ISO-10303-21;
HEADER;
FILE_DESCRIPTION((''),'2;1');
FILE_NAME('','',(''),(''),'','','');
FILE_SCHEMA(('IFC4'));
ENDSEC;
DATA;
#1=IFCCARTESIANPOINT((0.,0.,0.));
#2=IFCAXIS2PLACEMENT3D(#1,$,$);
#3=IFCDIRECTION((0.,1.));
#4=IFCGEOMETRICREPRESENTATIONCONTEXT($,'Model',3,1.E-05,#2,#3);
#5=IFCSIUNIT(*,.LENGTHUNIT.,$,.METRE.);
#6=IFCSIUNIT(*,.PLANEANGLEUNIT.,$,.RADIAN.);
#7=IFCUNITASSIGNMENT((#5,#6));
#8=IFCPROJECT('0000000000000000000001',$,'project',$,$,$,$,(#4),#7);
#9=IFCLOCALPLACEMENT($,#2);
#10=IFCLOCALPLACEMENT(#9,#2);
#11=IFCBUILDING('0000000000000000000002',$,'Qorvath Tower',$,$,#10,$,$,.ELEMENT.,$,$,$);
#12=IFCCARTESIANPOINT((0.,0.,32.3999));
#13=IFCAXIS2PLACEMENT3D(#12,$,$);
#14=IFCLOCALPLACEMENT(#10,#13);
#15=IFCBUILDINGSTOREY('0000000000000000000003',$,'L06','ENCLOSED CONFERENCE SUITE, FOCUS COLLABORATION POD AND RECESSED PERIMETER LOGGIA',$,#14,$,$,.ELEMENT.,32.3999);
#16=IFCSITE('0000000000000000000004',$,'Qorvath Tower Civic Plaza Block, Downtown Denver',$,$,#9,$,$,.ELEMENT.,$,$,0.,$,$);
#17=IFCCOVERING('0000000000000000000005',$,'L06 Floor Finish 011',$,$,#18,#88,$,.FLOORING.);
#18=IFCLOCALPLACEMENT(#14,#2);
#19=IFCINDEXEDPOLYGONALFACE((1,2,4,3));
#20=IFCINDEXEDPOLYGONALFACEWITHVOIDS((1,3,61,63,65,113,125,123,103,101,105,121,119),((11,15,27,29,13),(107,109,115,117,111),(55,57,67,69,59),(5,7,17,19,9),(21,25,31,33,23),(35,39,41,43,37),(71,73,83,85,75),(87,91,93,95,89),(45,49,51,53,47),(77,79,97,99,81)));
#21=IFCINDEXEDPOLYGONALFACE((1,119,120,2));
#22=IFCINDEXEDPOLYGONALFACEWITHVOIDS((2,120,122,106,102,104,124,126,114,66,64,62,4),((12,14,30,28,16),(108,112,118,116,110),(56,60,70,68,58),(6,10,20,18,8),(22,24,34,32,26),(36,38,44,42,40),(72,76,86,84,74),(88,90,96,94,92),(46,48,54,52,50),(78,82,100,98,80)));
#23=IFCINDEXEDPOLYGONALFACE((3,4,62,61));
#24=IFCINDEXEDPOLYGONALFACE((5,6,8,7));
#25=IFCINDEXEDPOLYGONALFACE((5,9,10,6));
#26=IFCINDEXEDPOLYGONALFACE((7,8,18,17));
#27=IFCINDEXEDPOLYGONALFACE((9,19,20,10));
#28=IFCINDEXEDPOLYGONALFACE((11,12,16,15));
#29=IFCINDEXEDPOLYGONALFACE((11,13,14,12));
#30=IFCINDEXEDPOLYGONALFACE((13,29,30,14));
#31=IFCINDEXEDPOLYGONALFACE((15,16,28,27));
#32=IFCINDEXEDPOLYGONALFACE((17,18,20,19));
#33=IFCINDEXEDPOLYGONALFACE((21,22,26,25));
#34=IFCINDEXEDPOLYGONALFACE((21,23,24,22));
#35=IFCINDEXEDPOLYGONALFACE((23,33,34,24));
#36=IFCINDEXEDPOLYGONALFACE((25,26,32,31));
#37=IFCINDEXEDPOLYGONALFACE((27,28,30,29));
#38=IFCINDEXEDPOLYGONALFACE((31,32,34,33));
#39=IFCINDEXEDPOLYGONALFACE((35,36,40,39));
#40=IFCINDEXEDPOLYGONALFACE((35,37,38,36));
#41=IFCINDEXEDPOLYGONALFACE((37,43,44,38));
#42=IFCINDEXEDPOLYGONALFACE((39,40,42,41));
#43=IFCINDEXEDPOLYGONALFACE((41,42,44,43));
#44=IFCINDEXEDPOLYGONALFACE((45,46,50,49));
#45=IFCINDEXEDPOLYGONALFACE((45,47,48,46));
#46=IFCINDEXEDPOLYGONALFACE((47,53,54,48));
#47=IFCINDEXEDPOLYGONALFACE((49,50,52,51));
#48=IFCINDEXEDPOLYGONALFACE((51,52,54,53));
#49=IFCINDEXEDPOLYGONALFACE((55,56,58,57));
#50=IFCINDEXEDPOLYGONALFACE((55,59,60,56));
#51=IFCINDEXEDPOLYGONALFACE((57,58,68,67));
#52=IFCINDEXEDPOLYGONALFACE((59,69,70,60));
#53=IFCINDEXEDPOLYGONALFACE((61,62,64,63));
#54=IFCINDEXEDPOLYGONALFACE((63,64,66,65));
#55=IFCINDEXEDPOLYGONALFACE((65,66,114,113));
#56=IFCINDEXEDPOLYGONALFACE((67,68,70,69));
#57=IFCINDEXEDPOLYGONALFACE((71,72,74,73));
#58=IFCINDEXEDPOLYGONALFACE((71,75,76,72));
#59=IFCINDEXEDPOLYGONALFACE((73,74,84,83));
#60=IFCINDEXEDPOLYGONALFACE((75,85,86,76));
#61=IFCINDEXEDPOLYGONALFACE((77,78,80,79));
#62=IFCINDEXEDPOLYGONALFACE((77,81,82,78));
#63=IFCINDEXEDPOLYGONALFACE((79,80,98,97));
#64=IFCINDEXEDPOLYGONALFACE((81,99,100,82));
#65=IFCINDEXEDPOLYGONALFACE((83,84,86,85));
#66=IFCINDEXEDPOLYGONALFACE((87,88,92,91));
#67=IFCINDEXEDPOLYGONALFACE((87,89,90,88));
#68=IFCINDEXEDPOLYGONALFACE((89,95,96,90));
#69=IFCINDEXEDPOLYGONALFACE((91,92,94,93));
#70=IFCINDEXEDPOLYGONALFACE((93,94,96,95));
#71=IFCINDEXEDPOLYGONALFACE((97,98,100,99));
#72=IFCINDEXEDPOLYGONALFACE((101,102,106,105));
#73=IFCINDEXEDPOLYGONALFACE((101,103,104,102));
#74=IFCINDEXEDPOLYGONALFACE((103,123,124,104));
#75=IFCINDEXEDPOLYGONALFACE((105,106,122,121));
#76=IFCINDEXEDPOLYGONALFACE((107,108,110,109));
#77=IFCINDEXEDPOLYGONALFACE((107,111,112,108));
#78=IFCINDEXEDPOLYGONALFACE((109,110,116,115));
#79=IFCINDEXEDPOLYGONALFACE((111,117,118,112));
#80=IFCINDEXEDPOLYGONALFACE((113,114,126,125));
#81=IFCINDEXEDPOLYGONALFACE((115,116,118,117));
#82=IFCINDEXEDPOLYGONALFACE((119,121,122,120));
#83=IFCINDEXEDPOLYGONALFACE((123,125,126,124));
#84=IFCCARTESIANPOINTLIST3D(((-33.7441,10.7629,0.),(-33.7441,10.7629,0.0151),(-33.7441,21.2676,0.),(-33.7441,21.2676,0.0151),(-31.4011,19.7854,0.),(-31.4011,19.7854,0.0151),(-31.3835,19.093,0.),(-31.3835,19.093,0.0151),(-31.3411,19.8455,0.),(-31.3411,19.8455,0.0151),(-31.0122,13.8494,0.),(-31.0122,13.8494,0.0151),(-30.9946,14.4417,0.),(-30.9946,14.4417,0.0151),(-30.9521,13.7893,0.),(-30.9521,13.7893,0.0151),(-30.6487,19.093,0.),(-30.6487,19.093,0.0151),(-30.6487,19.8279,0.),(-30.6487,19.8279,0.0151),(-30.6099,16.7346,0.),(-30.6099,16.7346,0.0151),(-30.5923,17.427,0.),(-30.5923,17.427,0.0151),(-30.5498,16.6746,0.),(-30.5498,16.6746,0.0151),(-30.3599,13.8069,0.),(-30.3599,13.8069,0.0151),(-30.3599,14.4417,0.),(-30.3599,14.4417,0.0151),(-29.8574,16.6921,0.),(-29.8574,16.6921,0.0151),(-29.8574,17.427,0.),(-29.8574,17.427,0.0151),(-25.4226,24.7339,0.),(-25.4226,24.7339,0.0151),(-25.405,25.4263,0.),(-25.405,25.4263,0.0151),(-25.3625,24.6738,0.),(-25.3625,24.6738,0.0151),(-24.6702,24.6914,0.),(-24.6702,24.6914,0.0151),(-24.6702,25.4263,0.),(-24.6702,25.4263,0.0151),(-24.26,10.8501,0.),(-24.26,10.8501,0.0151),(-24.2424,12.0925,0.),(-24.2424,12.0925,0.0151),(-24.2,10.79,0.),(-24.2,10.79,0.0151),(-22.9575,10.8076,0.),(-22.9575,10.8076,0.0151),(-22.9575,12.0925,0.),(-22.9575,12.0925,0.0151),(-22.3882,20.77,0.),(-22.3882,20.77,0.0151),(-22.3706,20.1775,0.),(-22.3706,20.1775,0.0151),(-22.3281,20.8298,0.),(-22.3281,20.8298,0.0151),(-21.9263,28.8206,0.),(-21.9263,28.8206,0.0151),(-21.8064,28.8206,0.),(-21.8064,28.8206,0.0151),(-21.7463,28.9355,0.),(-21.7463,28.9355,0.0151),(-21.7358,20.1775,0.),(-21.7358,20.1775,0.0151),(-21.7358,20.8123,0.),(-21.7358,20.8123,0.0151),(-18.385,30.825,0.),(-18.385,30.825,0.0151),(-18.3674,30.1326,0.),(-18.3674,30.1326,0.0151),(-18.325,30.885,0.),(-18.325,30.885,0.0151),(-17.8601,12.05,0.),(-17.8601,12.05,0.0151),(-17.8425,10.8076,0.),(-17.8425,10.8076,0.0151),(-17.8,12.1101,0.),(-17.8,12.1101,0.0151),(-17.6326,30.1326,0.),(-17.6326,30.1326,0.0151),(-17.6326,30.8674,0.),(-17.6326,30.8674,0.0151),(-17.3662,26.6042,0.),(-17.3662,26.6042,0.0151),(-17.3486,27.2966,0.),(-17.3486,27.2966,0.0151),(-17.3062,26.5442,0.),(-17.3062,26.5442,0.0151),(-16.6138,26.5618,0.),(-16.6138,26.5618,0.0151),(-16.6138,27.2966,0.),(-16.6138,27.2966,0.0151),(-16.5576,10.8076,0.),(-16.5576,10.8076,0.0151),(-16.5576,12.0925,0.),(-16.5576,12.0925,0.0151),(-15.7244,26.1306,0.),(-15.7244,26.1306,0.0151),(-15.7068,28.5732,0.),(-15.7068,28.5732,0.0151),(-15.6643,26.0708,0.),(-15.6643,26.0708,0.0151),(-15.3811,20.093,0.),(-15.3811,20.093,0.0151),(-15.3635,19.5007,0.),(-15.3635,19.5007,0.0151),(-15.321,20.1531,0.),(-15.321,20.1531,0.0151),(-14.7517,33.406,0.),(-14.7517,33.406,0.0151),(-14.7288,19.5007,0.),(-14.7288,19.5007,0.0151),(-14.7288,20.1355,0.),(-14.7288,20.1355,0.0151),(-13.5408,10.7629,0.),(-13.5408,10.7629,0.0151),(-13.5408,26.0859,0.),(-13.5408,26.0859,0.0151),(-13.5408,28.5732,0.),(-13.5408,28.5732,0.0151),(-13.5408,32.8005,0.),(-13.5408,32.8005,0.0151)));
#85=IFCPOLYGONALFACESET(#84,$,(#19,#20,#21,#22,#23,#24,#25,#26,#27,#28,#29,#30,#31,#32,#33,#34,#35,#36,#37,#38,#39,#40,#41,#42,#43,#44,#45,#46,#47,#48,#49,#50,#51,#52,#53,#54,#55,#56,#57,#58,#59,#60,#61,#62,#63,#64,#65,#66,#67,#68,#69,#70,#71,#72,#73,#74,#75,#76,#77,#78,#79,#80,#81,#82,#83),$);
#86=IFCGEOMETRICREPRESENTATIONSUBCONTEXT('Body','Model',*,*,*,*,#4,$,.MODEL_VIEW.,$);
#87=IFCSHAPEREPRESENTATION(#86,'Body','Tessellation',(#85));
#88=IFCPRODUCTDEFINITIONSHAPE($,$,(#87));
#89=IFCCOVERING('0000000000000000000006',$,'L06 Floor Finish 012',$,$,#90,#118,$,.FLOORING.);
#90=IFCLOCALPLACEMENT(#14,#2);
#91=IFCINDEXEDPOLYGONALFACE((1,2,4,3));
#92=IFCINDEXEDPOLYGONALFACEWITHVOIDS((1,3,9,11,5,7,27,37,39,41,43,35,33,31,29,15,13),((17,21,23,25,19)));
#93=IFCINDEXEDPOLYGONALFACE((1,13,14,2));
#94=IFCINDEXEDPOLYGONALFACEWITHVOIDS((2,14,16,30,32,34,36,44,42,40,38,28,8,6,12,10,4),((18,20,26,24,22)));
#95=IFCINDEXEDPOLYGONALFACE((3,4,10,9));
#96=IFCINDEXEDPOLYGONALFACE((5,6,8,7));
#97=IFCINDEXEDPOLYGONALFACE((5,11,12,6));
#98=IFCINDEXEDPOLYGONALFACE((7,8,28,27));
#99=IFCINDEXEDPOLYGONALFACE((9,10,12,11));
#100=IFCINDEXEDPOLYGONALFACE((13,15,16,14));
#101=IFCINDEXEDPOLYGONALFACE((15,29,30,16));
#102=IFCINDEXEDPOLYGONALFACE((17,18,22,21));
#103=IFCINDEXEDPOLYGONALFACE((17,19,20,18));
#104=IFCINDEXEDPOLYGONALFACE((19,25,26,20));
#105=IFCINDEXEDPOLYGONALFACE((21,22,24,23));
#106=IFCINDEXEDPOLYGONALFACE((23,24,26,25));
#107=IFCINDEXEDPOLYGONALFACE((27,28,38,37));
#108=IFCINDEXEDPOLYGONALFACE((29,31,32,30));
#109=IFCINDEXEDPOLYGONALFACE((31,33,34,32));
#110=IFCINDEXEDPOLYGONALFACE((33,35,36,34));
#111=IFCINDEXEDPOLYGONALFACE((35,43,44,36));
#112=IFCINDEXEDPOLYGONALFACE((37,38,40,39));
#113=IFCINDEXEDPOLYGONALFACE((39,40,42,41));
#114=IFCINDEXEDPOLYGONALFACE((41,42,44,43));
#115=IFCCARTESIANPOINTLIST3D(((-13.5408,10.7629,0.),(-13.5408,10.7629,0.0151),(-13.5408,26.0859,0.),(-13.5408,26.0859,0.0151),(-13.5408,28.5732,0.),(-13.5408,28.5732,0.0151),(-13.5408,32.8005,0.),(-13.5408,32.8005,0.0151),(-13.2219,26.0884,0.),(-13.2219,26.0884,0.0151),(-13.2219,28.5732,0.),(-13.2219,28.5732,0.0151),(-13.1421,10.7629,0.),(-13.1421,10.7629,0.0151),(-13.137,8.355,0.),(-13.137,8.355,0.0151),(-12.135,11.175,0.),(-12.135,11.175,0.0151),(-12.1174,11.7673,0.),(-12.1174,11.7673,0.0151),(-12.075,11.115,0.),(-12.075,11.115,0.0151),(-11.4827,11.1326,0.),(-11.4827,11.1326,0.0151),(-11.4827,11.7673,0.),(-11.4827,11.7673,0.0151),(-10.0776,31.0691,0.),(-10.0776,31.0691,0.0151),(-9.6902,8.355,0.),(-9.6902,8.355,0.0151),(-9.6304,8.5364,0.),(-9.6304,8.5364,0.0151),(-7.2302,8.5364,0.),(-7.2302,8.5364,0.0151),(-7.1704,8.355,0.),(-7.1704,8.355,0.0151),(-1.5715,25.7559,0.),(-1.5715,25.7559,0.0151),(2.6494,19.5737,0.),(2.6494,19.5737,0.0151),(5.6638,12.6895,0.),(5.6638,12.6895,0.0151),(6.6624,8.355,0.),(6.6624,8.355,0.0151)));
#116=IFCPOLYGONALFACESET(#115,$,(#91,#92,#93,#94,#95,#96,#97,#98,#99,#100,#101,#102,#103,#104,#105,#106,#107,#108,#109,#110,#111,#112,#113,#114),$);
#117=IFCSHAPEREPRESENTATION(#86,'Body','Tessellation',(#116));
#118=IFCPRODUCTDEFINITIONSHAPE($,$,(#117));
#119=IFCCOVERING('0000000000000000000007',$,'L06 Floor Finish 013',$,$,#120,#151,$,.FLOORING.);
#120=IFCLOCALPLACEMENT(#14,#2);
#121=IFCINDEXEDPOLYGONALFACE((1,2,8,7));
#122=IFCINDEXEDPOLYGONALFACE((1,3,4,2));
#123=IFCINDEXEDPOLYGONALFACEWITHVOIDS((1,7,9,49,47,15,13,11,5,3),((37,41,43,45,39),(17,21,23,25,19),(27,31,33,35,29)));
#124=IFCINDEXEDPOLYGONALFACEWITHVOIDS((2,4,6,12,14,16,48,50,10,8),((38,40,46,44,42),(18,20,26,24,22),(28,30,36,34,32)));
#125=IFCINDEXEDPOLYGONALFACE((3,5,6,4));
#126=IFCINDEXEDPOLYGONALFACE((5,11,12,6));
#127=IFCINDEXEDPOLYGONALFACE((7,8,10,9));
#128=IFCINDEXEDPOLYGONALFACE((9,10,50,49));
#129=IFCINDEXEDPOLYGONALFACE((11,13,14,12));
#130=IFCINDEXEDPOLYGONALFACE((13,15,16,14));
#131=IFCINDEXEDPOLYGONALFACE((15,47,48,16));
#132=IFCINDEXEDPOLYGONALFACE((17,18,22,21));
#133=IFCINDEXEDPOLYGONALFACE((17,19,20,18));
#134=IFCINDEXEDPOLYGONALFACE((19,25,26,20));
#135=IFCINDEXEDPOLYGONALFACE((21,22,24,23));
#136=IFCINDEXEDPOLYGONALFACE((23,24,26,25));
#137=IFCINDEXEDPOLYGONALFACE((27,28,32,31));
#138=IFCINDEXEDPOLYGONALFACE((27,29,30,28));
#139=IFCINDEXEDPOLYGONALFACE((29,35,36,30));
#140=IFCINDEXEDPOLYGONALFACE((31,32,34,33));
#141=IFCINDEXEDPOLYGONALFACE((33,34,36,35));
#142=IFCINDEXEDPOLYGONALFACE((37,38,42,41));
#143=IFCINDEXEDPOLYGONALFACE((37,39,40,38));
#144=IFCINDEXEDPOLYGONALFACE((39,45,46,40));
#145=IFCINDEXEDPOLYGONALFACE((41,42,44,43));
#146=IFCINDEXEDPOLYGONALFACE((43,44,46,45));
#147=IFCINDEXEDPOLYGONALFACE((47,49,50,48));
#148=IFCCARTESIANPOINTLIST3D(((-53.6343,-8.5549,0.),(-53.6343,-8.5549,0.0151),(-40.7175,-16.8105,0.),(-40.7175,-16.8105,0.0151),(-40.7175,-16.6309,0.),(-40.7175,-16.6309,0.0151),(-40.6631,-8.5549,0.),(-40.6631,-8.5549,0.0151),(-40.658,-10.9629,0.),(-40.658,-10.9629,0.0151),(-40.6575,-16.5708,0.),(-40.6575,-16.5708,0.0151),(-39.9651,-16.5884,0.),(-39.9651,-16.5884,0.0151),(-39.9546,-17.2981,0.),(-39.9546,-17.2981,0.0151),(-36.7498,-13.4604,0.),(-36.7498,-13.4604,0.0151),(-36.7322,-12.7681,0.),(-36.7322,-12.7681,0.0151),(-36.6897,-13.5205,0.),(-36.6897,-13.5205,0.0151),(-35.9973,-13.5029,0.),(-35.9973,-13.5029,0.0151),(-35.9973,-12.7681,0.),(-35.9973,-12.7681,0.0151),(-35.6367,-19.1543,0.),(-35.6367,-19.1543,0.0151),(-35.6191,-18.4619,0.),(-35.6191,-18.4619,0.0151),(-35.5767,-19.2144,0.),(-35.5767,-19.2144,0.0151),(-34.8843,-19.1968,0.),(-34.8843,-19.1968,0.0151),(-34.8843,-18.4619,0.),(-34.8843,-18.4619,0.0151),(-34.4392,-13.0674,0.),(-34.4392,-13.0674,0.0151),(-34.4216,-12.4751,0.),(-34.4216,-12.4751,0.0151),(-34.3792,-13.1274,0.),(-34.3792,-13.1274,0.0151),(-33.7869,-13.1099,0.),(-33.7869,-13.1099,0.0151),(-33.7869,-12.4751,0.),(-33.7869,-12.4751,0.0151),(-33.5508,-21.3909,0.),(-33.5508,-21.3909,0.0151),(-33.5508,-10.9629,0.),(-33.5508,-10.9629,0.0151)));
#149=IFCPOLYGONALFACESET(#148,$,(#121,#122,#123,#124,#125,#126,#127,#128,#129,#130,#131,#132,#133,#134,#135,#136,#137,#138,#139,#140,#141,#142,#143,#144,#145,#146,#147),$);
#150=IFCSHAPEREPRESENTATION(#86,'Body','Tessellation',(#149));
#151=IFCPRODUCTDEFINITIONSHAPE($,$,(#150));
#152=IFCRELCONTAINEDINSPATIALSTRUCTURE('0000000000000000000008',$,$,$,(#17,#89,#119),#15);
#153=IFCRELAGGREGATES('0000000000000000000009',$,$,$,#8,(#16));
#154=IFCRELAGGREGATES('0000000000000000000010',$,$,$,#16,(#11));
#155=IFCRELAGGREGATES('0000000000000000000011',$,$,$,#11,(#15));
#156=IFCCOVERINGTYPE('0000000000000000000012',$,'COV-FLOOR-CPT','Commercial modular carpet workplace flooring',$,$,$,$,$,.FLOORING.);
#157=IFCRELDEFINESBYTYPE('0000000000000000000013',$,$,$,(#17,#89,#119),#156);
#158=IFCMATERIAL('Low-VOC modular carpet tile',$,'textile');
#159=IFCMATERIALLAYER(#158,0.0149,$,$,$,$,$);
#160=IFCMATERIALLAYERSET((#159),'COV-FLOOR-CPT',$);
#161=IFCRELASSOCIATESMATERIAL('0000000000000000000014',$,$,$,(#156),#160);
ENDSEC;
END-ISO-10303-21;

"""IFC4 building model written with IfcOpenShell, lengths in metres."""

from ifc_helpers import new_model, si_unit, direction, frame, origin, place, context, subcontext, project, spatial, polyline, outline, extrude, material, layer, layer_set, type_object, element, save


model = new_model("IFC4")

# Units and contexts
model_context = context("Model", 3, precision=1e-05, world=origin(), true_north=direction((0.0, 1.0)))
body_context = subcontext(model_context, "Body", "Model", "MODEL_VIEW")
ifc_project = project(units=[si_unit("LENGTHUNIT", "METRE"), si_unit("PLANEANGLEUNIT", "RADIAN")], contexts=[model_context])

# Site, building, storey
site_placement = place(None, origin())
site = spatial("IfcSite", under=ifc_project, at=site_placement, Name="Qorvath Tower Civic Plaza Block, Downtown Denver", CompositionType="ELEMENT", RefElevation=0.0)
building_placement = place(site_placement, origin())
building = spatial("IfcBuilding", under=site, at=building_placement, Name="Qorvath Tower", CompositionType="ELEMENT")
storey_placement = place(building_placement, frame((0.0, 0.0, 32.3999)))
storey = spatial("IfcBuildingStorey", under=building, at=storey_placement, Name="L06", Description="ENCLOSED CONFERENCE SUITE, FOCUS COLLABORATION POD AND RECESSED PERIMETER LOGGIA", CompositionType="ELEMENT", Elevation=32.3999)

# Coverings
ifc_material_1 = material(Name="Low-VOC modular carpet tile", Category="textile")
ifc_layer_1 = layer(ifc_material_1, 0.0149)
ifc_layer_set_1 = layer_set([ifc_layer_1], Name="COV-FLOOR-CPT")
covering_type_1 = type_object("IfcCoveringType", Name="COV-FLOOR-CPT", Description="Commercial modular carpet workplace flooring", PredefinedType="FLOORING", material=ifc_layer_set_1)
covering_1_placement = place(storey_placement, origin())
element("IfcCovering", 1, at=covering_1_placement, inside=storey, type_object=covering_type_1, Name="L06 Floor Finish 011", PredefinedType="FLOORING", context=body_context, shape_type="SweptSolid", body=[
    extrude(outline(polyline([(-21.8064, 28.8206), (-21.9263, 28.8206), (-33.7441, 21.2676), (-33.7441, 10.7629), (-13.5408, 10.7629), (-13.5408, 26.0859), (-15.6643, 26.0708), (-15.7244, 26.1306), (-15.7068, 28.5732), (-13.5408, 28.5732), (-13.5408, 32.8005), (-14.7517, 33.406), (-21.7463, 28.9355), (-21.8064, 28.8206)]), holes=[polyline([(-15.3811, 20.093), (-15.321, 20.1531), (-14.7288, 20.1355), (-14.7288, 19.5007), (-15.3635, 19.5007), (-15.3811, 20.093)]), polyline([(-17.8601, 12.05), (-17.8, 12.1101), (-16.5576, 12.0925), (-16.5576, 10.8076), (-17.8425, 10.8076), (-17.8601, 12.05)]), polyline([(-17.3662, 26.6042), (-17.3486, 27.2966), (-16.6138, 27.2966), (-16.6138, 26.5618), (-17.3062, 26.5442), (-17.3662, 26.6042)]), polyline([(-18.385, 30.825), (-18.325, 30.885), (-17.6326, 30.8674), (-17.6326, 30.1326), (-18.3674, 30.1326), (-18.385, 30.825)]), polyline([(-22.3882, 20.77), (-22.3281, 20.8298), (-21.7358, 20.8123), (-21.7358, 20.1775), (-22.3706, 20.1775), (-22.3882, 20.77)]), polyline([(-24.26, 10.8501), (-24.2424, 12.0925), (-22.9575, 12.0925), (-22.9575, 10.8076), (-24.2, 10.79), (-24.26, 10.8501)]), polyline([(-25.4226, 24.7339), (-25.405, 25.4263), (-24.6702, 25.4263), (-24.6702, 24.6914), (-25.3625, 24.6738), (-25.4226, 24.7339)]), polyline([(-30.6099, 16.7346), (-30.5923, 17.427), (-29.8574, 17.427), (-29.8574, 16.6921), (-30.5498, 16.6746), (-30.6099, 16.7346)]), polyline([(-31.0122, 13.8494), (-30.9946, 14.4417), (-30.3599, 14.4417), (-30.3599, 13.8069), (-30.9521, 13.7893), (-31.0122, 13.8494)]), polyline([(-31.4011, 19.7854), (-31.3411, 19.8455), (-30.6487, 19.8279), (-30.6487, 19.093), (-31.3835, 19.093), (-31.4011, 19.7854)])]), origin(), (0.0, 0.0, 1.0), 0.0151),
])
covering_2_placement = place(storey_placement, origin())
element("IfcCovering", 2, at=covering_2_placement, inside=storey, type_object=covering_type_1, Name="L06 Floor Finish 012", PredefinedType="FLOORING", context=body_context, shape_type="SweptSolid", body=[
    extrude(outline(polyline([(-13.5408, 32.8005), (-13.5408, 28.5732), (-13.2219, 28.5732), (-13.2219, 26.0884), (-13.5408, 26.0859), (-13.5408, 10.7629), (-13.1421, 10.7629), (-13.137, 8.355), (-9.6902, 8.355), (-9.6304, 8.5364), (-7.2302, 8.5364), (-7.1704, 8.355), (6.6624, 8.355), (5.6638, 12.6895), (2.6494, 19.5737), (-1.5715, 25.7559), (-10.0776, 31.0691), (-13.5408, 32.8005)]), holes=[polyline([(-12.135, 11.175), (-12.1174, 11.7673), (-11.4827, 11.7673), (-11.4827, 11.1326), (-12.075, 11.115), (-12.135, 11.175)])]), origin(), (0.0, 0.0, 1.0), 0.0151),
])
covering_3_placement = place(storey_placement, origin())
element("IfcCovering", 3, at=covering_3_placement, inside=storey, type_object=covering_type_1, Name="L06 Floor Finish 013", PredefinedType="FLOORING", context=body_context, shape_type="SweptSolid", body=[
    extrude(outline(polyline([(-33.5508, -21.3909), (-33.5508, -10.9629), (-40.658, -10.9629), (-40.6631, -8.5549), (-53.6343, -8.5549), (-40.7175, -16.8105), (-40.7175, -16.6309), (-40.6575, -16.5708), (-39.9651, -16.5884), (-39.9546, -17.2981), (-33.5508, -21.3909)]), holes=[polyline([(-34.4392, -13.0674), (-34.4216, -12.4751), (-33.7869, -12.4751), (-33.7869, -13.1099), (-34.3792, -13.1274), (-34.4392, -13.0674)]), polyline([(-35.6367, -19.1543), (-35.6191, -18.4619), (-34.8843, -18.4619), (-34.8843, -19.1968), (-35.5767, -19.2144), (-35.6367, -19.1543)]), polyline([(-36.7498, -13.4604), (-36.7322, -12.7681), (-35.9973, -12.7681), (-35.9973, -13.5029), (-36.6897, -13.5205), (-36.7498, -13.4604)])]), origin(), (0.0, 0.0, 1.0), 0.0151),
])

save(model, "model.ifc")
